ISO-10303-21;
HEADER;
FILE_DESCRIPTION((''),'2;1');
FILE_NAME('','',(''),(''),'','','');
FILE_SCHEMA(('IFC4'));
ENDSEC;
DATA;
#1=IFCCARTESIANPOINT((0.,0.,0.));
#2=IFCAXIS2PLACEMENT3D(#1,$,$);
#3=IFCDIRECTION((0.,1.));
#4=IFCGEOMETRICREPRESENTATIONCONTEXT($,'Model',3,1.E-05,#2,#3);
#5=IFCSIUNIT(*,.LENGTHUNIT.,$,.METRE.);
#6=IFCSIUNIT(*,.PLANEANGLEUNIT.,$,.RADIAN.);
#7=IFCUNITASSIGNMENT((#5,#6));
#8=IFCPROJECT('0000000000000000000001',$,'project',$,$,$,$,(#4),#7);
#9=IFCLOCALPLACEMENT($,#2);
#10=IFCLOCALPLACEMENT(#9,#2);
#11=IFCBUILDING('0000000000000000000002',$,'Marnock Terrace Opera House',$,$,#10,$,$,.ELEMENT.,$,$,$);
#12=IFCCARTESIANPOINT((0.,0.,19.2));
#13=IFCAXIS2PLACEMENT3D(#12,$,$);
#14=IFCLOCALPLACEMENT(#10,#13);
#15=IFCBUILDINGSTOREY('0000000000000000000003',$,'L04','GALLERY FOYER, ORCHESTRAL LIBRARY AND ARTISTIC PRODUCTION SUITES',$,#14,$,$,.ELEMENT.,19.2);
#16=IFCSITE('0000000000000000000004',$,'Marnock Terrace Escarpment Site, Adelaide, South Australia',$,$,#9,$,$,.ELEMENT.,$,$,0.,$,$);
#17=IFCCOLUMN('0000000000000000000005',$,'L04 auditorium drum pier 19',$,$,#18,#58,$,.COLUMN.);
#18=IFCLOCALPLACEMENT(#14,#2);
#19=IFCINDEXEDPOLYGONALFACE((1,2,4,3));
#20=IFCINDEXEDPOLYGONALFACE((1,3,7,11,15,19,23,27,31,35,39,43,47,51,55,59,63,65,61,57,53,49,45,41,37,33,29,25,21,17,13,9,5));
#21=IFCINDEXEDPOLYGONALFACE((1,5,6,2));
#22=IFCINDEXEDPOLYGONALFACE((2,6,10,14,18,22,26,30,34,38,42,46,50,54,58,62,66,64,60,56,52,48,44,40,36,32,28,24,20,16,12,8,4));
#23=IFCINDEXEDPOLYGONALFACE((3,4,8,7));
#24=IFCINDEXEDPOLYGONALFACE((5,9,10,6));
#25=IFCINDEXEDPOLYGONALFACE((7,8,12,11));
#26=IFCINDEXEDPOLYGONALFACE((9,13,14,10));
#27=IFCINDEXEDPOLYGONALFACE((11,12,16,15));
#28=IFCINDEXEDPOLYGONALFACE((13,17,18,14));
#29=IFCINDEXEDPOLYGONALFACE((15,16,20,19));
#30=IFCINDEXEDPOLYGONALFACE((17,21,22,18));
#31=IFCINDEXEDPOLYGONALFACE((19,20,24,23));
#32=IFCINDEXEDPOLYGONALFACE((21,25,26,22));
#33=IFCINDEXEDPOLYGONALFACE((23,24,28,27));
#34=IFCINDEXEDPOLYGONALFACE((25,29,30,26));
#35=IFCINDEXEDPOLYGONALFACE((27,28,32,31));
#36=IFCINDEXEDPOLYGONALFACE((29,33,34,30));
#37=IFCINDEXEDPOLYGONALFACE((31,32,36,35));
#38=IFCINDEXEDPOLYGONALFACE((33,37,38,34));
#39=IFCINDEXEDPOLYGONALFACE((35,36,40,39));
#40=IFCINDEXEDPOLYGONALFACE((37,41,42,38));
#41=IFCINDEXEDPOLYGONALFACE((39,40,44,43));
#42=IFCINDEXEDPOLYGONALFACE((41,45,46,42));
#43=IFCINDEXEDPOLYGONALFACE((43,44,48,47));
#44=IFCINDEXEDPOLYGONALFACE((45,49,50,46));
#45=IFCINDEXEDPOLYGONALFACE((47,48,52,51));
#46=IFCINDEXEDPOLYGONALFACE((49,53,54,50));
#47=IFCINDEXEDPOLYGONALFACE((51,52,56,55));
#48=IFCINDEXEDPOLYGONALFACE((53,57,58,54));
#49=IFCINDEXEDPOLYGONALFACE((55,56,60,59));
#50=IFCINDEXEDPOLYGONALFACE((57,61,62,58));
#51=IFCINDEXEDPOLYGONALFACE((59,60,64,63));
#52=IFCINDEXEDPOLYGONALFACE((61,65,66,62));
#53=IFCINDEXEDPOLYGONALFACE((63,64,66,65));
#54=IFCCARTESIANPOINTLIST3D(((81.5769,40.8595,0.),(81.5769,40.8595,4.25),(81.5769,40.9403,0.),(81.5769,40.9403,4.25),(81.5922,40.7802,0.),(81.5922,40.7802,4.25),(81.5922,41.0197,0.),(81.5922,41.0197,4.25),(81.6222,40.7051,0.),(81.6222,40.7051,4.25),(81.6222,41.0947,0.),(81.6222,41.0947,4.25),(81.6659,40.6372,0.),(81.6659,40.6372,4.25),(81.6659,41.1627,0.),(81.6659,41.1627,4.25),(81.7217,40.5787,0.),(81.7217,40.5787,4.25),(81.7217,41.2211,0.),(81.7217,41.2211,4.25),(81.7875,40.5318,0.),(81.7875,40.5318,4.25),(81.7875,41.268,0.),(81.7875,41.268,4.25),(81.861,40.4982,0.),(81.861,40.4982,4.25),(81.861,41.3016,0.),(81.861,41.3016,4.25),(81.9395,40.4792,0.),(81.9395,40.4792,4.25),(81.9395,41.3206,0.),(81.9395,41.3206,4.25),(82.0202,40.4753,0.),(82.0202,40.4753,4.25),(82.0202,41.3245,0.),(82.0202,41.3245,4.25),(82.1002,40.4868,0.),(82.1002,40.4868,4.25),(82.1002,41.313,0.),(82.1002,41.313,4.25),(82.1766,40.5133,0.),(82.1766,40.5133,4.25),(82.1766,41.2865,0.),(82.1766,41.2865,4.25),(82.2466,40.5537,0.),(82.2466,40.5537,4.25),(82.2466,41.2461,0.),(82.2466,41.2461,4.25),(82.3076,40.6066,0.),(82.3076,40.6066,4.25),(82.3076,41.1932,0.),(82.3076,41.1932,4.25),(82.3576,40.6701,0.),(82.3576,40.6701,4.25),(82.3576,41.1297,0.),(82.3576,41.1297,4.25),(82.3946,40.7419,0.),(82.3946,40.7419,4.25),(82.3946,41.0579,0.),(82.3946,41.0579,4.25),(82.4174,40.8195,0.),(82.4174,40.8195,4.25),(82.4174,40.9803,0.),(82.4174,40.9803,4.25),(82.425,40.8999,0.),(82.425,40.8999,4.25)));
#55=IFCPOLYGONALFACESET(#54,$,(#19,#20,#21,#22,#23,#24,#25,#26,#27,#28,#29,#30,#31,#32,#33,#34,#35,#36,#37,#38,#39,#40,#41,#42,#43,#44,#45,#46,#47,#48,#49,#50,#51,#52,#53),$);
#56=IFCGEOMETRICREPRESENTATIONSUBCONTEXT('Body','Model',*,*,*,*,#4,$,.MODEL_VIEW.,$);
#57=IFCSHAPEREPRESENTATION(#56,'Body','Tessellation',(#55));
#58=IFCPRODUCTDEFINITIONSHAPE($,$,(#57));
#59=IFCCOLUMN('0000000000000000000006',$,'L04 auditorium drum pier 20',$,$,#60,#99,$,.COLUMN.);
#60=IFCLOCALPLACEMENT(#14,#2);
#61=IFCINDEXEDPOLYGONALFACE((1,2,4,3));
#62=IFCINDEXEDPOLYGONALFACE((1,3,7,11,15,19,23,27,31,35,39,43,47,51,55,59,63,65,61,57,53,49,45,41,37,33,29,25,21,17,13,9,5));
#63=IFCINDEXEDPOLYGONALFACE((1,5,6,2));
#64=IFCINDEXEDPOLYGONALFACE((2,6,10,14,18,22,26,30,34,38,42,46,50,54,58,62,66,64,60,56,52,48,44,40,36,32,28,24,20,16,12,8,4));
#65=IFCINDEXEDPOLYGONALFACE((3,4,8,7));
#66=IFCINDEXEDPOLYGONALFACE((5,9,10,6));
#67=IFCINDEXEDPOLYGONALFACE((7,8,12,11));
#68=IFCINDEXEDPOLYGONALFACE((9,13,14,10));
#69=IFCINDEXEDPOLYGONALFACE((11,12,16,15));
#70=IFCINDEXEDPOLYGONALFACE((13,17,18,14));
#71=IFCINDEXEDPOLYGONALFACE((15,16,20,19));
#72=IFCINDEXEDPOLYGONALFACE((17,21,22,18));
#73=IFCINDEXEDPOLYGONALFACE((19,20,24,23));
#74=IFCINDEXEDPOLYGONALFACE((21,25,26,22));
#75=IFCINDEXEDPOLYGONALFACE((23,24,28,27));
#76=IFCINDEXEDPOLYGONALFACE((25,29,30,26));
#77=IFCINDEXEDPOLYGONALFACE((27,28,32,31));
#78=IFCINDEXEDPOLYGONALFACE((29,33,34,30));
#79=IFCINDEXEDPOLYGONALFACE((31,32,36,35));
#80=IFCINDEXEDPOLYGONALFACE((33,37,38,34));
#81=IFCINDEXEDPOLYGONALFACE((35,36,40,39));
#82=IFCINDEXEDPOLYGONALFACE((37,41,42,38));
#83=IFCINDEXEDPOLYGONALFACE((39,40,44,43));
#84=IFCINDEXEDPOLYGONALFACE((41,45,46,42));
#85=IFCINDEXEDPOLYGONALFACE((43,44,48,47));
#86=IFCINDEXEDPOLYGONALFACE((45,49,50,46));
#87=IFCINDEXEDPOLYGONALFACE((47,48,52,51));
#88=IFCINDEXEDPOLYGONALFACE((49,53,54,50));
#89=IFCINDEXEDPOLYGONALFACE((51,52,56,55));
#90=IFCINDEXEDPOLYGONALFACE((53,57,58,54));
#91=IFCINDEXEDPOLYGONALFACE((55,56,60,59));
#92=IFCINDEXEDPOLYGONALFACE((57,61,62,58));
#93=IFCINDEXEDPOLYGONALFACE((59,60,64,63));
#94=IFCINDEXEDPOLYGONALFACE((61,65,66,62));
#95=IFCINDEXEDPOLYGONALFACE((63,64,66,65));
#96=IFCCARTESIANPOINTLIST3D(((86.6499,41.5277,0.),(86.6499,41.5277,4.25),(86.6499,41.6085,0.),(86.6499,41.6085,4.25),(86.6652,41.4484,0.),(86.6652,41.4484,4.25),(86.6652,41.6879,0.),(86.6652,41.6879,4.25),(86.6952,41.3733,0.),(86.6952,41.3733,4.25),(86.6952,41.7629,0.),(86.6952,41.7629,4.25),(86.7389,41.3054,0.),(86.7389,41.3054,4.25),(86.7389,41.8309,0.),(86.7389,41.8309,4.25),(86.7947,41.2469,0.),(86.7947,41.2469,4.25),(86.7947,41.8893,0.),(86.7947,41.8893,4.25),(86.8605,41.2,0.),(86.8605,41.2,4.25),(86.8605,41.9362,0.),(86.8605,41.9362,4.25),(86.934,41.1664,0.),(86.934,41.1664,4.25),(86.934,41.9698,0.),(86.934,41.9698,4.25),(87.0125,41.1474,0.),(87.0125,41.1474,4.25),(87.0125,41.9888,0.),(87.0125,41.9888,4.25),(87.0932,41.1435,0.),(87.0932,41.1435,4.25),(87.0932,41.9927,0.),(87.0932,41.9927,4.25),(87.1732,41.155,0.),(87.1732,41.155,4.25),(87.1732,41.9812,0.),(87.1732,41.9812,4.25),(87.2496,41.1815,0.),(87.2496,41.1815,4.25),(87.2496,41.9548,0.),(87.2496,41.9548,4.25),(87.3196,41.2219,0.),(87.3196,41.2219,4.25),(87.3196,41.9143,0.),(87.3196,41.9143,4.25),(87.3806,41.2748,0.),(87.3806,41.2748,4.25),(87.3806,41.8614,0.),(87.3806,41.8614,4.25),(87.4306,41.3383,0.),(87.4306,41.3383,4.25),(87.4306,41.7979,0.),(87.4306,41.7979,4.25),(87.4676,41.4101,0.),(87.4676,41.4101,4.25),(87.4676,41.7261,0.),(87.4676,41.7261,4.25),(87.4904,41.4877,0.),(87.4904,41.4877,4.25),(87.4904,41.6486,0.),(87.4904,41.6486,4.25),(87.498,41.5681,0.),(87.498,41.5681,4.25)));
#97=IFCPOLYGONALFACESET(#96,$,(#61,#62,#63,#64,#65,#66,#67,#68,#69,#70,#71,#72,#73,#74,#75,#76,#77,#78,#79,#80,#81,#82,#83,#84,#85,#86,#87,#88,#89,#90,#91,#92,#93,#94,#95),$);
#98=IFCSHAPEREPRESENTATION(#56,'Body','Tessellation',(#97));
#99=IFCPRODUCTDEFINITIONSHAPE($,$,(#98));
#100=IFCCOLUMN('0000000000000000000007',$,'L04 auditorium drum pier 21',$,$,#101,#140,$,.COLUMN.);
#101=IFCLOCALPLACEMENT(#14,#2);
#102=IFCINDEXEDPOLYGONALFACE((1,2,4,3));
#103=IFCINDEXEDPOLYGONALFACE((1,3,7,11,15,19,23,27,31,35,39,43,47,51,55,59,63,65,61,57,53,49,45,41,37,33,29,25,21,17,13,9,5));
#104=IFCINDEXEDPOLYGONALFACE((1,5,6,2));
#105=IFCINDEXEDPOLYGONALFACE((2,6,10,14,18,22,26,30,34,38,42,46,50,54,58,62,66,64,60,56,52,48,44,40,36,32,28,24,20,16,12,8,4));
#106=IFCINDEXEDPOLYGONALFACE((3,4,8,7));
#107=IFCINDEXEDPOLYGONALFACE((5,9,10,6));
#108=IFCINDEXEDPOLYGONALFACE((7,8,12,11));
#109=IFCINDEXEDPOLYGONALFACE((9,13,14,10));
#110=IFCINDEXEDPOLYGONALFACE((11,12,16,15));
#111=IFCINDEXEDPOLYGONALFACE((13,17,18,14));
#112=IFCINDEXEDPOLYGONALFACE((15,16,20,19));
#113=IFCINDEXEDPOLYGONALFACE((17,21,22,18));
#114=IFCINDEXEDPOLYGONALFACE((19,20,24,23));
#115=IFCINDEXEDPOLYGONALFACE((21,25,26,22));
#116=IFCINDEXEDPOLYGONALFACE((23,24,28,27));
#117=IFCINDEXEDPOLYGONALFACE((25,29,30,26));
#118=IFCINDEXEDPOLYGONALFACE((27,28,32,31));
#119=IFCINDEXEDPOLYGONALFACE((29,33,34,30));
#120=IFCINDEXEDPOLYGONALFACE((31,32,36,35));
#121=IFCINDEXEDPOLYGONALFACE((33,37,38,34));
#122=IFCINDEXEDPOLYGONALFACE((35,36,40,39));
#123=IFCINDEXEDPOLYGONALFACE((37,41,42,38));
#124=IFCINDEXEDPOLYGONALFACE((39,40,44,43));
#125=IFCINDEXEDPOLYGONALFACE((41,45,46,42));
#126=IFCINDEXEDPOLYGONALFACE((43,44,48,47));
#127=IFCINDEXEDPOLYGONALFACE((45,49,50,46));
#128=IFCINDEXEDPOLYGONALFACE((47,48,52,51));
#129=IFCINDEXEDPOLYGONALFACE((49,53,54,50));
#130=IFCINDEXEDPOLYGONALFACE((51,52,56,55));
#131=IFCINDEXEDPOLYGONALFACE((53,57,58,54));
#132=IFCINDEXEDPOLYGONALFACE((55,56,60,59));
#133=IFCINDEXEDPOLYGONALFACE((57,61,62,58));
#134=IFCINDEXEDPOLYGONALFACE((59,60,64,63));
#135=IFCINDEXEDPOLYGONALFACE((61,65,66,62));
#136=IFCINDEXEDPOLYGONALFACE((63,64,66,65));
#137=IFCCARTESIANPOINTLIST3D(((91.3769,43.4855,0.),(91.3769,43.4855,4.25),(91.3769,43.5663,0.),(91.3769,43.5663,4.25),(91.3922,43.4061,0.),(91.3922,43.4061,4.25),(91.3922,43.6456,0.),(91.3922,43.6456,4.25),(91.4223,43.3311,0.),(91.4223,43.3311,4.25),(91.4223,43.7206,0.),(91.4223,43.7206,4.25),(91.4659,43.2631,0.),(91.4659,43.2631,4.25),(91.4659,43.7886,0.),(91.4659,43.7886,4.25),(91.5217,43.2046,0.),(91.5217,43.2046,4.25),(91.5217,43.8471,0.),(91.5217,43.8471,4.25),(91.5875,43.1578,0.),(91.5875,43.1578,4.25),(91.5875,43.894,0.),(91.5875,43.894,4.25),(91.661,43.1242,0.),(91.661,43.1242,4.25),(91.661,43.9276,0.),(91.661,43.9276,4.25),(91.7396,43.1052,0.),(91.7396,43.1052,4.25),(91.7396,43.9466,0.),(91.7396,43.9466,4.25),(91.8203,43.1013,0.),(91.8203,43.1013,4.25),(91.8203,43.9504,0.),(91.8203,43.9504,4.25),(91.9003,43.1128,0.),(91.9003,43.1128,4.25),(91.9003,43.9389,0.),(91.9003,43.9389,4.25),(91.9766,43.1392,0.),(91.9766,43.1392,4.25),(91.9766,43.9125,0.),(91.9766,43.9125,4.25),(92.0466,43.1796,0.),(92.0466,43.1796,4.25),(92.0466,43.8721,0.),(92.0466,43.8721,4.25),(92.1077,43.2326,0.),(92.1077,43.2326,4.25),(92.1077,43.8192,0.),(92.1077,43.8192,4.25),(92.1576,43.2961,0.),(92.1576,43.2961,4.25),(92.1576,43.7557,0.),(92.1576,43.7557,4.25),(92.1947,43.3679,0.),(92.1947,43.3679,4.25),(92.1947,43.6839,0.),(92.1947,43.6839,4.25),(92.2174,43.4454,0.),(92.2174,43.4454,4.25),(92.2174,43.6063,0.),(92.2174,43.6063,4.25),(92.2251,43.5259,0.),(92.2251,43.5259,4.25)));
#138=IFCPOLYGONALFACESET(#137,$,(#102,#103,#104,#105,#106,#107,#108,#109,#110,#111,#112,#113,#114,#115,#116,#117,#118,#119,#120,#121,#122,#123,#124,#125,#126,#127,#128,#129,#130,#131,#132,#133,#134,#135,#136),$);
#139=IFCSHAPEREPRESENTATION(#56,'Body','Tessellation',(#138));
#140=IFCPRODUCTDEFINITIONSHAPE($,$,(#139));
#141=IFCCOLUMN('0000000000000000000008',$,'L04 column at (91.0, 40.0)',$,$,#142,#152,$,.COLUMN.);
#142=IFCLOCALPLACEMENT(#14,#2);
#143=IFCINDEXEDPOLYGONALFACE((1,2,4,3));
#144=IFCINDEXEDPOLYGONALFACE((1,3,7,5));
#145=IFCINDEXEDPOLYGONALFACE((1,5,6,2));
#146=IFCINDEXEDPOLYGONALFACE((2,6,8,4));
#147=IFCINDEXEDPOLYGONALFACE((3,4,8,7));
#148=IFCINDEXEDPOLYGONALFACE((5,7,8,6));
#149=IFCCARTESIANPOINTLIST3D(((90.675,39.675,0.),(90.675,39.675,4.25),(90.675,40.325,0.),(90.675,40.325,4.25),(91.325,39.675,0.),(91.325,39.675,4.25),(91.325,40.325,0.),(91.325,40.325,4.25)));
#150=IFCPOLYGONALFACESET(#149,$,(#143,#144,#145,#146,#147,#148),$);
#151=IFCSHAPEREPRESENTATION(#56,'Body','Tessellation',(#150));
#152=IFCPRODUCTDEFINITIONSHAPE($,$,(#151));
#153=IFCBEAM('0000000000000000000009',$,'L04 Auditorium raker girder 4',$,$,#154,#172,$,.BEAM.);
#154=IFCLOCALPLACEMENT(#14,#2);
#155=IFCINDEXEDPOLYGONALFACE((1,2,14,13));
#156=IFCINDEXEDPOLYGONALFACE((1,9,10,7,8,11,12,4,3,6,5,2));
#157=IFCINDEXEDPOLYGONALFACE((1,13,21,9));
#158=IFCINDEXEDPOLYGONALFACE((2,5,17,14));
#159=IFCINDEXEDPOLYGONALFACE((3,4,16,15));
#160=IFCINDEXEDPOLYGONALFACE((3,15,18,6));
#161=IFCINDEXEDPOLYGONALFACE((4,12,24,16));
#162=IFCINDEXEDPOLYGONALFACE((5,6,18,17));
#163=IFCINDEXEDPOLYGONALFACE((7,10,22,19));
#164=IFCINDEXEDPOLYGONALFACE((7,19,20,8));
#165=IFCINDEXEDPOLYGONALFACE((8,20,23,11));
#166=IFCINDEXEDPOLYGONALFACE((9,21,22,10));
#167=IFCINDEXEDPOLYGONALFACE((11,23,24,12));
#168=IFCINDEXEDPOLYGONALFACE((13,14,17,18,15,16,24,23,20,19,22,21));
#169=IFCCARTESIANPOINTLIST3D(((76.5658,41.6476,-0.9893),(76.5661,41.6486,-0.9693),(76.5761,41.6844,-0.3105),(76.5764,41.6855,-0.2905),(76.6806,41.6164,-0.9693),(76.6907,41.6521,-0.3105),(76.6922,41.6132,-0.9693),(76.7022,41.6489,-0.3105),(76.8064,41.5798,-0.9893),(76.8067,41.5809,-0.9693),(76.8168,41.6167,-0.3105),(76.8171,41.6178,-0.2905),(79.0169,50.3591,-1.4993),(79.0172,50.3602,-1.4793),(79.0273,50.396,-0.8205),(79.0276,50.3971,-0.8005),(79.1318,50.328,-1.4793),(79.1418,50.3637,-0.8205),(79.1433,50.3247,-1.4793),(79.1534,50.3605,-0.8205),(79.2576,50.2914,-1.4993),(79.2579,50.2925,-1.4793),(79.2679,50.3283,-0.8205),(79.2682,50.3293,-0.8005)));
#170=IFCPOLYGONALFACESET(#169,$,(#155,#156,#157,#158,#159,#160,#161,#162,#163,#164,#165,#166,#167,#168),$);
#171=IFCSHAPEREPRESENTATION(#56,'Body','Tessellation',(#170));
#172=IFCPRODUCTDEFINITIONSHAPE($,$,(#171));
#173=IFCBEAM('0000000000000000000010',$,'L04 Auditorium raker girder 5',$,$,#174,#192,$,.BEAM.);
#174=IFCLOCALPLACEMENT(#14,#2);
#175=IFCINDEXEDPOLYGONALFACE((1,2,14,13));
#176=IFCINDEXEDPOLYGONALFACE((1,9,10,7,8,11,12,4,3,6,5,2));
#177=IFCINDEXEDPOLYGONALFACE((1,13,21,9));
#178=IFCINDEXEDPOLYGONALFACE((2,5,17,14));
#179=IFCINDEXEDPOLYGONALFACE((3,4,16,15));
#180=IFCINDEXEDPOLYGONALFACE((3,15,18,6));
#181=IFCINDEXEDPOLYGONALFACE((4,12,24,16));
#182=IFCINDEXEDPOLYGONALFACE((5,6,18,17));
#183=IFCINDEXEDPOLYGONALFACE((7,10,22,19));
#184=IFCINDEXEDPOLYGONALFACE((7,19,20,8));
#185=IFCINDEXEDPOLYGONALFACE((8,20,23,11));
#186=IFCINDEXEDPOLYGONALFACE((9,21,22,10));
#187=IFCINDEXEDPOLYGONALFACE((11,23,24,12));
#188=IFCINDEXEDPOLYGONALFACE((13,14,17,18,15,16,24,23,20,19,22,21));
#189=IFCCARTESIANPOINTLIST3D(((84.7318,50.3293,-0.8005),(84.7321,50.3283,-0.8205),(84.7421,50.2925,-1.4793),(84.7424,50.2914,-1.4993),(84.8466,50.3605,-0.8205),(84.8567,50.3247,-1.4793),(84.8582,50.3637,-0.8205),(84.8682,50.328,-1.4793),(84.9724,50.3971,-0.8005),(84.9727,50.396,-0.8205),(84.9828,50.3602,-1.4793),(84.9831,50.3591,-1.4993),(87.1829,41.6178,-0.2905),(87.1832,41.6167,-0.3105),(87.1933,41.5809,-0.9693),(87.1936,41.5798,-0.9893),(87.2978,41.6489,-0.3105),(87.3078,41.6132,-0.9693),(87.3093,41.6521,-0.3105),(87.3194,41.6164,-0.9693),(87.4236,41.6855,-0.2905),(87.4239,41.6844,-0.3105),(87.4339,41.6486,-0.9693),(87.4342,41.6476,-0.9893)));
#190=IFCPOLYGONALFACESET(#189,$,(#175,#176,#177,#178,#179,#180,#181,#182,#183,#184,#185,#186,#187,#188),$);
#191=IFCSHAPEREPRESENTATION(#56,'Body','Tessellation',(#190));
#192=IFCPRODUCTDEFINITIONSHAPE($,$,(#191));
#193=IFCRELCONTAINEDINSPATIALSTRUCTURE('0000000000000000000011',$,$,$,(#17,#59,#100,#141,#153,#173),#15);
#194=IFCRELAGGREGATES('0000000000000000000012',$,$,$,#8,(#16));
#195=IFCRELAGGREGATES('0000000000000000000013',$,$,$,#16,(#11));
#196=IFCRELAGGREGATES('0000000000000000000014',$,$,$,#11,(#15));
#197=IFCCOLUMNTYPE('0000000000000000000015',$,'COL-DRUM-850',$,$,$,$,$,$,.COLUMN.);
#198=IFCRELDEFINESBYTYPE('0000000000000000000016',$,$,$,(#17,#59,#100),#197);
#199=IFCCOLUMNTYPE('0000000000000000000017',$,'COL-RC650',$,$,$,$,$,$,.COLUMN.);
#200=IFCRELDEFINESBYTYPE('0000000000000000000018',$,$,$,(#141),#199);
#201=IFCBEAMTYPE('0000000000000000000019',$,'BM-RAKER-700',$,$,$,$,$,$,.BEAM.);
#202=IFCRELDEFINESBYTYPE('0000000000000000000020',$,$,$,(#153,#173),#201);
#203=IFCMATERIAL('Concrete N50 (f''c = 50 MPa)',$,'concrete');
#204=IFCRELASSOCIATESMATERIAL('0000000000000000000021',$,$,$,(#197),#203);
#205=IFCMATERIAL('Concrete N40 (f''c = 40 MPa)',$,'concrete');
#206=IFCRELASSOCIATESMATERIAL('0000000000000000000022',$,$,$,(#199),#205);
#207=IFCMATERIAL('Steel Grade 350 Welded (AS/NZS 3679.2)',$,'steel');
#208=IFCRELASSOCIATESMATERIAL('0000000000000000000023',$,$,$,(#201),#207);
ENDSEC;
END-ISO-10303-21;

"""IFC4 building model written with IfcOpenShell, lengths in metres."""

from ifc_helpers import new_model, si_unit, direction, frame, origin, origin_2d, place, context, subcontext, project, spatial, rectangle, circle, i_section, extrude, material, material_profile, profile_set, type_object, element, save


model = new_model("IFC4")

# Units and contexts
model_context = context("Model", 3, precision=1e-05, world=origin(), true_north=direction((0.0, 1.0)))
body_context = subcontext(model_context, "Body", "Model", "MODEL_VIEW")
ifc_project = project(units=[si_unit("LENGTHUNIT", "METRE"), si_unit("PLANEANGLEUNIT", "RADIAN")], contexts=[model_context])

# Site, building, storey
site_placement = place(None, origin())
site = spatial("IfcSite", under=ifc_project, at=site_placement, Name="Marnock Terrace Escarpment Site, Adelaide, South Australia", CompositionType="ELEMENT", RefElevation=0.0)
building_placement = place(site_placement, origin())
building = spatial("IfcBuilding", under=site, at=building_placement, Name="Marnock Terrace Opera House", CompositionType="ELEMENT")
storey_placement = place(building_placement, frame((0.0, 0.0, 19.2)))
storey = spatial("IfcBuildingStorey", under=building, at=storey_placement, Name="L04", Description="GALLERY FOYER, ORCHESTRAL LIBRARY AND ARTISTIC PRODUCTION SUITES", CompositionType="ELEMENT", Elevation=19.2)

# Columns
ifc_material_1 = material(Name="Concrete N50 (f'c = 50 MPa)", Category="concrete")
ifc_material_profile_1 = material_profile(ifc_material_1, circle(Radius=0.425, at=origin_2d()))
ifc_profile_set_1 = profile_set([ifc_material_profile_1], Name="Concrete N50 (f'c = 50 MPa)")
column_type_1 = type_object("IfcColumnType", Name="COL-DRUM-850", PredefinedType="COLUMN", material=ifc_profile_set_1)
for number, where, z_axis, x_axis, name in (
    (1, (82.0, 40.8999, 0.0), (0.0, 0.0, 1.0), (1.0, 0.0, 0.0), "L04 auditorium drum pier 19"),
    (2, (87.073, 41.5681, 0.0), (0.0, 0.0, 1.0), (1.0, 0.0, 0.0), "L04 auditorium drum pier 20"),
    (3, (91.8, 43.5259, 0.0), (0.0, 0.0, 1.0), (1.0, 0.0, 0.0), "L04 auditorium drum pier 21"),
):
    element("IfcColumn", number, at=place(storey_placement, frame(where, z_axis=z_axis, x_axis=x_axis)), inside=storey, type_object=column_type_1, Name=name, PredefinedType="COLUMN", context=body_context, shape_type="SweptSolid", body=[
        extrude(circle(Radius=0.425, at=origin_2d()), origin(), (0.0, 0.0, 1.0), 4.25),
    ])
ifc_material_2 = material(Name="Concrete N40 (f'c = 40 MPa)", Category="concrete")
ifc_material_profile_2 = material_profile(ifc_material_2, rectangle(XDim=0.6499, YDim=0.6499, at=origin_2d()))
ifc_profile_set_2 = profile_set([ifc_material_profile_2], Name="Concrete N40 (f'c = 40 MPa)")
column_type_2 = type_object("IfcColumnType", Name="COL-RC650", PredefinedType="COLUMN", material=ifc_profile_set_2)
column_placement = place(storey_placement, frame((91.0, 40.0, 0.0), z_axis=(0.0, 0.0, 1.0), x_axis=(1.0, 0.0, 0.0)))
element("IfcColumn", 4, at=column_placement, inside=storey, type_object=column_type_2, Name="L04 column at (91.0, 40.0)", PredefinedType="COLUMN", context=body_context, shape_type="SweptSolid", body=[
    extrude(rectangle(XDim=0.6499, YDim=0.6499, at=origin_2d()), origin(), (0.0, 0.0, 1.0), 4.25),
])

# Beams
ifc_material_3 = material(Name="Steel Grade 350 Welded (AS/NZS 3679.2)", Category="steel")
ifc_material_profile_3 = material_profile(ifc_material_3, i_section(OverallWidth=0.25, OverallDepth=0.7, WebThickness=0.012, FlangeThickness=0.02, at=origin_2d()))
ifc_profile_set_3 = profile_set([ifc_material_profile_3], Name="Steel Grade 350 Welded (AS/NZS 3679.2)")
beam_type_1 = type_object("IfcBeamType", Name="BM-RAKER-700", PredefinedType="BEAM", material=ifc_profile_set_3)
for number, where, z_axis, x_axis, name in (
    (5, (79.1426, 50.3442, -1.1499), (-0.27042, -0.961097, 0.056266), (0.962622, -0.270849, 0.0), "L04 Auditorium raker girder 4"),
    (6, (84.8574, 50.3442, -1.1499), (0.27042, -0.961097, 0.056266), (0.962622, 0.270849, 0.0), "L04 Auditorium raker girder 5"),
):
    element("IfcBeam", number, at=place(storey_placement, frame(where, z_axis=z_axis, x_axis=x_axis)), inside=storey, type_object=beam_type_1, Name=name, PredefinedType="BEAM", context=body_context, shape_type="SweptSolid", body=[
        extrude(i_section(OverallWidth=0.25, OverallDepth=0.7, WebThickness=0.012, FlangeThickness=0.02, at=origin_2d()), origin(), (0.0, 0.0, 1.0), 9.0642),
    ])

save(model, "model.ifc")
